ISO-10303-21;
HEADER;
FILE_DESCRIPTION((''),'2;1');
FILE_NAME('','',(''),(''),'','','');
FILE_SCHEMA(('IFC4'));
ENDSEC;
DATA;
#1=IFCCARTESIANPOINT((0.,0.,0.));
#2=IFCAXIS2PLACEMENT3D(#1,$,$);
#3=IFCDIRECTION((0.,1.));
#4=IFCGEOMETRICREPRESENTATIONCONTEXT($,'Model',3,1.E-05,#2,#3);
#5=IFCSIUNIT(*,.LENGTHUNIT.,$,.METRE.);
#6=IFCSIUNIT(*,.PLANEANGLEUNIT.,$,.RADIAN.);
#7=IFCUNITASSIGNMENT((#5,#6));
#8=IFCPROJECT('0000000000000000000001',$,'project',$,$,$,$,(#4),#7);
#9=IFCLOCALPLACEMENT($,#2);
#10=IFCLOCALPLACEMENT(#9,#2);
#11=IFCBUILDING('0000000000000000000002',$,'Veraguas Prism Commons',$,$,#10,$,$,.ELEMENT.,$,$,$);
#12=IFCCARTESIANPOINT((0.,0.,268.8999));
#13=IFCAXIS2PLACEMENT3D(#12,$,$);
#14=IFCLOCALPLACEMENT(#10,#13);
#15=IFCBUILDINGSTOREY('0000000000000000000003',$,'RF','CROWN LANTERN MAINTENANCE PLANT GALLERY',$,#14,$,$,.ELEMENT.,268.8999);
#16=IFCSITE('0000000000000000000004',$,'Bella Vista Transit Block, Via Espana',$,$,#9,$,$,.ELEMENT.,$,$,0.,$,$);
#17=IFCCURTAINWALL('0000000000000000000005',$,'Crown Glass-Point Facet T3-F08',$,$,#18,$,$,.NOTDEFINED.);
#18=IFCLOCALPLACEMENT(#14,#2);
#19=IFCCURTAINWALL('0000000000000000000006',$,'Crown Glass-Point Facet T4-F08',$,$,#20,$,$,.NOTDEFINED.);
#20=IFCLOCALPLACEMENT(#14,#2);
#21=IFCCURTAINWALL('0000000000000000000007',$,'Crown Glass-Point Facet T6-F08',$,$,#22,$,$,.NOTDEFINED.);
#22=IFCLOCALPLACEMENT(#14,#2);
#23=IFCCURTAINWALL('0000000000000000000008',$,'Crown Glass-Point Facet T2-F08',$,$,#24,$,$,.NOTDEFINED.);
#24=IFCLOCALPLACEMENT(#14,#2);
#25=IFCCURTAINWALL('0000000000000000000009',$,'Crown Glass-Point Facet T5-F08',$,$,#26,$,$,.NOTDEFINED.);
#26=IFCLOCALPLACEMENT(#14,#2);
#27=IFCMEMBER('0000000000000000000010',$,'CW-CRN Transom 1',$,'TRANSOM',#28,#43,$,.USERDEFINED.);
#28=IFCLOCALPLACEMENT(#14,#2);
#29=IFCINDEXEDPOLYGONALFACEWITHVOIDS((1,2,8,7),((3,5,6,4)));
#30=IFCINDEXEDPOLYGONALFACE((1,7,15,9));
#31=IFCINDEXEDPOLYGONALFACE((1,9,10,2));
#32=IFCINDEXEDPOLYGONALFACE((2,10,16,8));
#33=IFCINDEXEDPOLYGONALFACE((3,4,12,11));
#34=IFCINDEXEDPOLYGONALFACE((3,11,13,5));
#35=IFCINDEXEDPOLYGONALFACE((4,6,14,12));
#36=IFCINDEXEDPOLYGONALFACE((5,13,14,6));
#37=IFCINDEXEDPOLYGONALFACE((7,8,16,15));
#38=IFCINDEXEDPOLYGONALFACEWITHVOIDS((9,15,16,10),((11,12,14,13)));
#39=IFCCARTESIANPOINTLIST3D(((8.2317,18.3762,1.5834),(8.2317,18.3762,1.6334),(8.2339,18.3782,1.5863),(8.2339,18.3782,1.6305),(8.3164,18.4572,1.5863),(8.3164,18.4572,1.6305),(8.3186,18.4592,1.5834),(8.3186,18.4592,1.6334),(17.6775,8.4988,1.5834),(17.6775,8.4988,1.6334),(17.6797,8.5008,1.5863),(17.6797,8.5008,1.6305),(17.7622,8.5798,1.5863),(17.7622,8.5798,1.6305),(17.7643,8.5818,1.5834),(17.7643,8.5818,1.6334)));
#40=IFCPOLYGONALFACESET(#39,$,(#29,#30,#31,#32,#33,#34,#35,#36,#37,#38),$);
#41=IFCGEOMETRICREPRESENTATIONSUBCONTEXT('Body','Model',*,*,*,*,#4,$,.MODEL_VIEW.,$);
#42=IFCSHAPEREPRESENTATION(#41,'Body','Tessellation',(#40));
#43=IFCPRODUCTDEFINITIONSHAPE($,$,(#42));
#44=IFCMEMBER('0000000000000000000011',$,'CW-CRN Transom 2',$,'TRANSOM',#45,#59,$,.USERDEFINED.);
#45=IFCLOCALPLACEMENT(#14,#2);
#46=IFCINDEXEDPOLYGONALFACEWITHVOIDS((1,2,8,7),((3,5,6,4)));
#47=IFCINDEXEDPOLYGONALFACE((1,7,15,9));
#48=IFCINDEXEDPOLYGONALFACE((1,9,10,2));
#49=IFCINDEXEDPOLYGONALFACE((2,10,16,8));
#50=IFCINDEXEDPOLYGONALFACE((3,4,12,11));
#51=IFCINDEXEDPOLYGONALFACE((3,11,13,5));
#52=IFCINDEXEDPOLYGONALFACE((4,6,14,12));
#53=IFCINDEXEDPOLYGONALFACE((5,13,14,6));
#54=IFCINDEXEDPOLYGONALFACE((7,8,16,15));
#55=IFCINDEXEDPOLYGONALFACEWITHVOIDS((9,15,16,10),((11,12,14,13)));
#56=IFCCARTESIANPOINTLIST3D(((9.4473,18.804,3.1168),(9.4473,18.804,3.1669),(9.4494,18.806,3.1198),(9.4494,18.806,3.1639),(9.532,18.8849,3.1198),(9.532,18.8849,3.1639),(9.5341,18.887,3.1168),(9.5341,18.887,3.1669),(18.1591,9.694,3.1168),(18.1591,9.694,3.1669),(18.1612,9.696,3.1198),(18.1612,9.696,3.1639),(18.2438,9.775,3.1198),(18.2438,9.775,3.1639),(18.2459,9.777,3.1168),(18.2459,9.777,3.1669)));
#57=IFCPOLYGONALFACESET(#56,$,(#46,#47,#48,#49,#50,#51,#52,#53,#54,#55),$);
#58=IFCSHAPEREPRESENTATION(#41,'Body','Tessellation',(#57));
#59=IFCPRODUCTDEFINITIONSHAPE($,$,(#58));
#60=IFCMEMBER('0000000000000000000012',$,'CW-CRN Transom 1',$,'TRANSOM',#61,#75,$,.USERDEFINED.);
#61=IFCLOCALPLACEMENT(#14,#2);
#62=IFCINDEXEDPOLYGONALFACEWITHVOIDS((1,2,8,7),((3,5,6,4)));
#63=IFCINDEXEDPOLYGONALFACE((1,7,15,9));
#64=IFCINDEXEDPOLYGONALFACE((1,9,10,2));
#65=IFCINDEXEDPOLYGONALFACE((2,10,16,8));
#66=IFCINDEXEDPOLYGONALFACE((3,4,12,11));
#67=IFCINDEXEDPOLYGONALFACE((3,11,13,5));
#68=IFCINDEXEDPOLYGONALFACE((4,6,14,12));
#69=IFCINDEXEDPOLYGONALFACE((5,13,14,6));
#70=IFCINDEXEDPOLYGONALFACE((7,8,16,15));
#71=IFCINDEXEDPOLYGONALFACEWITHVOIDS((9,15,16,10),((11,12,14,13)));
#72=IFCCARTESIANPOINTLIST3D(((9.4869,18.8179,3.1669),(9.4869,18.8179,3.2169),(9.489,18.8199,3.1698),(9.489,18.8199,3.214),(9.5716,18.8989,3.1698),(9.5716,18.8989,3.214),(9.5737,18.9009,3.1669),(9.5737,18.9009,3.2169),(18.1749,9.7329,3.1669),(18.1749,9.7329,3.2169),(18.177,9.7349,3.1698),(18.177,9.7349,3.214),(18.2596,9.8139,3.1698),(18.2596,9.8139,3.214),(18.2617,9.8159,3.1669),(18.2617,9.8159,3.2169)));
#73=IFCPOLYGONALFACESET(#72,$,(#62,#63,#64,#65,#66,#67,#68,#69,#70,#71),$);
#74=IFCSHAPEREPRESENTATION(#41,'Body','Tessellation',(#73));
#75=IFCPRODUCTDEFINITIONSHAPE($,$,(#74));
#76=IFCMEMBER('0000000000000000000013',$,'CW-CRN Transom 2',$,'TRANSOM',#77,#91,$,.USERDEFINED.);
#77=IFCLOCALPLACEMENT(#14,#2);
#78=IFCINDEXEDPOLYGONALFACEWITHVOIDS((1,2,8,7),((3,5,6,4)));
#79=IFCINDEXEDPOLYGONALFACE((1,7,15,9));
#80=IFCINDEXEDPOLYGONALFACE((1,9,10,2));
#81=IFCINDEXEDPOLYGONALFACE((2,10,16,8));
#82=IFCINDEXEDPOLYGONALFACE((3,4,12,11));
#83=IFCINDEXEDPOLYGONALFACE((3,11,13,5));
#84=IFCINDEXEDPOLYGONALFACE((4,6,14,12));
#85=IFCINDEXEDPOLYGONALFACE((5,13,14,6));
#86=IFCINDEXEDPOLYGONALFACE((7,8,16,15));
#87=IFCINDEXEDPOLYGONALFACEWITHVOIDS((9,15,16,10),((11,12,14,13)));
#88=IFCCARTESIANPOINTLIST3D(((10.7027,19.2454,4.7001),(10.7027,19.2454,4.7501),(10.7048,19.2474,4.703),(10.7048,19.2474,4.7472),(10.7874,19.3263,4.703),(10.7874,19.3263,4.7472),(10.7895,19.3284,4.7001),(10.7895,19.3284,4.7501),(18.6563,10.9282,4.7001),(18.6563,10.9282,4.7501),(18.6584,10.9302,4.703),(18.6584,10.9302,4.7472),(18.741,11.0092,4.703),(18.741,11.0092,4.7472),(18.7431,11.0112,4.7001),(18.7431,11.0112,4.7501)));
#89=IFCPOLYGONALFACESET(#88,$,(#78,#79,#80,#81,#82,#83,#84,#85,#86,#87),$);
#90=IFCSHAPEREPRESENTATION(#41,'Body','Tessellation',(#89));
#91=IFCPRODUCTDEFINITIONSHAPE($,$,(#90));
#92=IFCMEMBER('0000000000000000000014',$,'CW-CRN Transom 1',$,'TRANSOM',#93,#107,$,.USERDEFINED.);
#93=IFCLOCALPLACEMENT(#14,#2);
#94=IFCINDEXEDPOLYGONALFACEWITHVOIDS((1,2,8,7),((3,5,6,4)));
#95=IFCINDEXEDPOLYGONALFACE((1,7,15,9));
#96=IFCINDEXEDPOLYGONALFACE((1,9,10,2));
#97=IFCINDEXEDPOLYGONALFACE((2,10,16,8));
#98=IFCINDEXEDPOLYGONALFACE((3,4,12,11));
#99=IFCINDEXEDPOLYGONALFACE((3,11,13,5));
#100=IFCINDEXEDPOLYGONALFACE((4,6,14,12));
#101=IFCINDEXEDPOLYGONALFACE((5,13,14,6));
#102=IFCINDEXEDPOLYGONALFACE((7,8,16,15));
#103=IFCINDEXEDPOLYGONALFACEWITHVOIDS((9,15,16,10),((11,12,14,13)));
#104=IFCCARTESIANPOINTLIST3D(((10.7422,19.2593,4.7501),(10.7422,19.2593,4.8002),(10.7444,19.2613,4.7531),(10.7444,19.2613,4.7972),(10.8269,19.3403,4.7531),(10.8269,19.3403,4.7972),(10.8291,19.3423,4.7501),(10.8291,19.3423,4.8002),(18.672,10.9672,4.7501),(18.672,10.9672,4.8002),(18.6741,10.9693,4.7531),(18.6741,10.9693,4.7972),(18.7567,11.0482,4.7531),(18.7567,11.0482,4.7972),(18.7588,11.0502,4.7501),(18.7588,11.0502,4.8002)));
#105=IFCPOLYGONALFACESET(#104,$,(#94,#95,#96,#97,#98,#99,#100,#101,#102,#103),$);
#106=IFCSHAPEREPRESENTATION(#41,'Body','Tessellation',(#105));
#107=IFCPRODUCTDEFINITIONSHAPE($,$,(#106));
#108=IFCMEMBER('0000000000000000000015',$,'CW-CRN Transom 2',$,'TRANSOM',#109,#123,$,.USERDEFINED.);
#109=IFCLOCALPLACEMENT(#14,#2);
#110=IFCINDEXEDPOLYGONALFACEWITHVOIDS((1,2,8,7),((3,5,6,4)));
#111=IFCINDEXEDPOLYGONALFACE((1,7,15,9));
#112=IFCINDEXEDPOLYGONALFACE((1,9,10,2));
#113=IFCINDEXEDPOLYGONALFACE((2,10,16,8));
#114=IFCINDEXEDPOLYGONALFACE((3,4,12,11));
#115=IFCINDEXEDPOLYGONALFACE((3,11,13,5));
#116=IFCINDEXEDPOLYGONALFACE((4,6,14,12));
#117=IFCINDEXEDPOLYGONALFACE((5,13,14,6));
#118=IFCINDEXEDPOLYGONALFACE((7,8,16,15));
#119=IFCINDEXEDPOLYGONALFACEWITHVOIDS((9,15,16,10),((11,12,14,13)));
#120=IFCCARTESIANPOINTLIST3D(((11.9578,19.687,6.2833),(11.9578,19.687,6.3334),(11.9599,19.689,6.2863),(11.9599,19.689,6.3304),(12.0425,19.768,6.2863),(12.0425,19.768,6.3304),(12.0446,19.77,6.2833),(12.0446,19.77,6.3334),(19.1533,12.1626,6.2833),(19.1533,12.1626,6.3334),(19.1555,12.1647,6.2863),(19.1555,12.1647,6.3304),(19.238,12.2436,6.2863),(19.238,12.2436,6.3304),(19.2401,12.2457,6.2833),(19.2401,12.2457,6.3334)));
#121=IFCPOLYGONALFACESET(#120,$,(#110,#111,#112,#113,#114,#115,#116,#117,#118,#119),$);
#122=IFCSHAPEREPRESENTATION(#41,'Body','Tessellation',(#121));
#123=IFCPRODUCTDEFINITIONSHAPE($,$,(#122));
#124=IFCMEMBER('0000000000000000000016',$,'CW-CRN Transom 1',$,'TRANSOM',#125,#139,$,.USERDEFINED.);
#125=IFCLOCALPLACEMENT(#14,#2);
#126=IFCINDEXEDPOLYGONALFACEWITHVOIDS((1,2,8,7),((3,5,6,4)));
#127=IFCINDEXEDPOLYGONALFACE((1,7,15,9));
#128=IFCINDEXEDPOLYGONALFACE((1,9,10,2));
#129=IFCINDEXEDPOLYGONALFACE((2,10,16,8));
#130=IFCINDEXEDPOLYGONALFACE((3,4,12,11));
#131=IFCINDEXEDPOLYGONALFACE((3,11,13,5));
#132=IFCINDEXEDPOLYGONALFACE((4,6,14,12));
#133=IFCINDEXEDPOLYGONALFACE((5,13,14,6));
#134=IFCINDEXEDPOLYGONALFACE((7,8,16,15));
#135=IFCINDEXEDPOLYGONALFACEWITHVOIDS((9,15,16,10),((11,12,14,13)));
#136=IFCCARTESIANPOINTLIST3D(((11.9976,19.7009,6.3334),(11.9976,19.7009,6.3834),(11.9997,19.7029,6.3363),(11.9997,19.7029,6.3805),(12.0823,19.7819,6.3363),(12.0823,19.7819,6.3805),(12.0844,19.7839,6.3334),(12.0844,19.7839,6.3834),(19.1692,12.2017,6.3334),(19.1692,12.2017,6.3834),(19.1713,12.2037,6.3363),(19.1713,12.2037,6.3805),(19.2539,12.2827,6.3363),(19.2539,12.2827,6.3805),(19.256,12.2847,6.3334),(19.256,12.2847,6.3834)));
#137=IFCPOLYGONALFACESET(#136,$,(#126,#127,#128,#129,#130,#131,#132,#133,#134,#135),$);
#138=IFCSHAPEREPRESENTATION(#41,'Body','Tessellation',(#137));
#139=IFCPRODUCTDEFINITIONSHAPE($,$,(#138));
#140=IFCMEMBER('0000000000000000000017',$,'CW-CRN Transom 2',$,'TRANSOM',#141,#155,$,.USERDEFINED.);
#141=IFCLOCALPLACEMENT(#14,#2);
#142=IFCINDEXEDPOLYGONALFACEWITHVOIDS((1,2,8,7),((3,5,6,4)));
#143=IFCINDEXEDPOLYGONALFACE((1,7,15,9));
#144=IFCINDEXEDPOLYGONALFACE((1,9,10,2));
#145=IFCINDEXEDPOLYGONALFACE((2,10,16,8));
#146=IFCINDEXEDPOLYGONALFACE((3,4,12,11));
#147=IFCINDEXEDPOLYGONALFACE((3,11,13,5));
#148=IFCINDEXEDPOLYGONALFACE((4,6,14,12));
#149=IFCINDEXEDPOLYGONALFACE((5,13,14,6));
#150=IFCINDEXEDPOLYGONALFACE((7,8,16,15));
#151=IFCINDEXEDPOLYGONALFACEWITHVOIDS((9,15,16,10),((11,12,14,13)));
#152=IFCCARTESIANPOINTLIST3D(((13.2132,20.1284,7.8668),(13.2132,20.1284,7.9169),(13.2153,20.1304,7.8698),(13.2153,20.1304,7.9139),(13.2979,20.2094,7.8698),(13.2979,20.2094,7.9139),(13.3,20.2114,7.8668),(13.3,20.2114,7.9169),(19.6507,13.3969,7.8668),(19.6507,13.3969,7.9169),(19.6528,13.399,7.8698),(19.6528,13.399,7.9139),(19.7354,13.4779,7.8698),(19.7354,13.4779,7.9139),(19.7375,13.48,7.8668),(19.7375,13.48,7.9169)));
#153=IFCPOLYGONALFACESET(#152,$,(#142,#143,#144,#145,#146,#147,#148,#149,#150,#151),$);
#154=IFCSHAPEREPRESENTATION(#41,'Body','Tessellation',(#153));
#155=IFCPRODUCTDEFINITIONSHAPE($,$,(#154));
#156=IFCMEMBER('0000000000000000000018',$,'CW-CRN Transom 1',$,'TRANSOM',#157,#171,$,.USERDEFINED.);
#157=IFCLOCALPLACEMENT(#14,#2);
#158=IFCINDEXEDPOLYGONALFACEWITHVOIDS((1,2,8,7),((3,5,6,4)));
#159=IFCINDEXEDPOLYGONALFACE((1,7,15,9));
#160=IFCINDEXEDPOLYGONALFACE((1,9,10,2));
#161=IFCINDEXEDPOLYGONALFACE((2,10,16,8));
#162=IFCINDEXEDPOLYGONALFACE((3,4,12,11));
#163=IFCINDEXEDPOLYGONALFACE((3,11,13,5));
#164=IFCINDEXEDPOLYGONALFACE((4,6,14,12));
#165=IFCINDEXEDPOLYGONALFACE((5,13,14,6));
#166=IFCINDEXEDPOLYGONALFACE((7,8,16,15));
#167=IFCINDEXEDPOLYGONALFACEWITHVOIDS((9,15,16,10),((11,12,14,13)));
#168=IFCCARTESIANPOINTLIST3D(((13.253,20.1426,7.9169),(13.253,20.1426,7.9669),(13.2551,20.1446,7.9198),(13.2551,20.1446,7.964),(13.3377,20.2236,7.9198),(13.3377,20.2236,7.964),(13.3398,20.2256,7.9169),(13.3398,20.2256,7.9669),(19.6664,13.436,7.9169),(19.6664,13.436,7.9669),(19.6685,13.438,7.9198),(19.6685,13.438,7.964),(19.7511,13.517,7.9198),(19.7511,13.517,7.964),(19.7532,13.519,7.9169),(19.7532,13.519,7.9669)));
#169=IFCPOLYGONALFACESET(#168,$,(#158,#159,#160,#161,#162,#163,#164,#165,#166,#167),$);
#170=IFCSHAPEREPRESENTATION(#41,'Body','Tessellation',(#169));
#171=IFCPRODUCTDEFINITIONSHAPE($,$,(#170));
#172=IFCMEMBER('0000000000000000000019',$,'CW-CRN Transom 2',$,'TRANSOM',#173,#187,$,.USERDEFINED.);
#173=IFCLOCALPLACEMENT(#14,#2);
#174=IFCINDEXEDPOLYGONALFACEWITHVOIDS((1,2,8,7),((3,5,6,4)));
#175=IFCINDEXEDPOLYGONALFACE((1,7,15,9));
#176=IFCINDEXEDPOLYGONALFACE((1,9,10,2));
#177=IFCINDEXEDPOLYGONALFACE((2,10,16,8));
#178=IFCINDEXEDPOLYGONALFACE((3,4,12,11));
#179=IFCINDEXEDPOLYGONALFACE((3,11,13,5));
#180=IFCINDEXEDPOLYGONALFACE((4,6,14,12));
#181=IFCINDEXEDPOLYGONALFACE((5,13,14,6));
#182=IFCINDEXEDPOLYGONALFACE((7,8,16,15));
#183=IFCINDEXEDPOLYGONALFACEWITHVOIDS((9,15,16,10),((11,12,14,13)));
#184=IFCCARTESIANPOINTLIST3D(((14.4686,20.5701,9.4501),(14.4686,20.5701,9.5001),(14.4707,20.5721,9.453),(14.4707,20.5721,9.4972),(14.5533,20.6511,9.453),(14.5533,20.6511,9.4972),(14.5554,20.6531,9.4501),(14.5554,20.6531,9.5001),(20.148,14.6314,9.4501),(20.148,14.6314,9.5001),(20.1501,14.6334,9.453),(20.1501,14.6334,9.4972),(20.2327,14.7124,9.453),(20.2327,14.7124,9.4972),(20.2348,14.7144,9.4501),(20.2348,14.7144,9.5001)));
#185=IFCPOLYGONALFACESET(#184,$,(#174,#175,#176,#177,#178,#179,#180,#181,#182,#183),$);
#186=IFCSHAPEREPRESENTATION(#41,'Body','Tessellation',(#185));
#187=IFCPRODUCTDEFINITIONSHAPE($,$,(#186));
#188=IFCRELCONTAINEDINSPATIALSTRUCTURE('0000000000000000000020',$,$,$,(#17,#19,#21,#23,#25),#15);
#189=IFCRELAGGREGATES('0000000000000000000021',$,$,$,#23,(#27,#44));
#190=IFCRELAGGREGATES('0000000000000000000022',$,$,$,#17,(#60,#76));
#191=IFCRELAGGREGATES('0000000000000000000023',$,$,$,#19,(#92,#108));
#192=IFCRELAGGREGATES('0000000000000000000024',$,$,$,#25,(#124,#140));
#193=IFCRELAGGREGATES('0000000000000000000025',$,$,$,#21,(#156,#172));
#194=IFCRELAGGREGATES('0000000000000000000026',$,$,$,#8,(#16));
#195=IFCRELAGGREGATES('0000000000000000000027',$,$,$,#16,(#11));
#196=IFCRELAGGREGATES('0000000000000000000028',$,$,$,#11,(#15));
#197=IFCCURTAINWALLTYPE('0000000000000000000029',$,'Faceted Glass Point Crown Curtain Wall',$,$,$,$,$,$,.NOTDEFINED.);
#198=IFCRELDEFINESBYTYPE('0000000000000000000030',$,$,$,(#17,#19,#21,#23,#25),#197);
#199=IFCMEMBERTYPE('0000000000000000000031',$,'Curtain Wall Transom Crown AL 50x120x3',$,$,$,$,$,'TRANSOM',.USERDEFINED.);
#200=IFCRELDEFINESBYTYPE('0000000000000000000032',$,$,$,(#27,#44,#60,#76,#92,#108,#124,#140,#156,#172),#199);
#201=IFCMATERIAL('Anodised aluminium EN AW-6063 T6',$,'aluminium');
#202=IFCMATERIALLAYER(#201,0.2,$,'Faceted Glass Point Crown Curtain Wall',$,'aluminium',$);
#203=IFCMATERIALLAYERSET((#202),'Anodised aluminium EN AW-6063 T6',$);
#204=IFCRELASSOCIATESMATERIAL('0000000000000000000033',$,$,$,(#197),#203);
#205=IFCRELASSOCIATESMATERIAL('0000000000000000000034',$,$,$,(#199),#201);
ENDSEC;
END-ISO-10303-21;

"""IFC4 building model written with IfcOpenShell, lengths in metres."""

from ifc_helpers import new_model, si_unit, direction, frame, origin, origin_2d, place, context, subcontext, project, spatial, hollow_rectangle, extrude, source, transform, mapped, material, layer, layer_set, material_profile, profile_set, type_object, element, aggregate, save


model = new_model("IFC4")

# Units and contexts
model_context = context("Model", 3, precision=1e-05, world=origin(), true_north=direction((0.0, 1.0)))
body_context = subcontext(model_context, "Body", "Model", "MODEL_VIEW")
ifc_project = project(units=[si_unit("LENGTHUNIT", "METRE"), si_unit("PLANEANGLEUNIT", "RADIAN")], contexts=[model_context])

# Site, building, storey
site_placement = place(None, origin())
site = spatial("IfcSite", under=ifc_project, at=site_placement, Name="Bella Vista Transit Block, Via Espana", CompositionType="ELEMENT", RefElevation=0.0)
building_placement = place(site_placement, origin())
building = spatial("IfcBuilding", under=site, at=building_placement, Name="Veraguas Prism Commons", CompositionType="ELEMENT")
storey_placement = place(building_placement, frame((0.0, 0.0, 268.8999)))
storey = spatial("IfcBuildingStorey", under=building, at=storey_placement, Name="RF", Description="CROWN LANTERN MAINTENANCE PLANT GALLERY", CompositionType="ELEMENT", Elevation=268.8999)

# Curtain walls
ifc_material_1 = material(Name="Anodised aluminium EN AW-6063 T6", Category="aluminium")
ifc_layer_1 = layer(ifc_material_1, 0.2, Name="Faceted Glass Point Crown Curtain Wall", Category="aluminium")
ifc_layer_set_1 = layer_set([ifc_layer_1], Name="Anodised aluminium EN AW-6063 T6")
curtain_wall_type = type_object("IfcCurtainWallType", Name="Faceted Glass Point Crown Curtain Wall", PredefinedType="NOTDEFINED", material=ifc_layer_set_1)
curtain_wall_1_placement = place(storey_placement, origin())
curtain_wall_1 = element("IfcCurtainWall", 1, at=curtain_wall_1_placement, inside=storey, type_object=curtain_wall_type, Name="Crown Glass-Point Facet T3-F08", PredefinedType="NOTDEFINED")
curtain_wall_2_placement = place(storey_placement, origin())
curtain_wall_2 = element("IfcCurtainWall", 2, at=curtain_wall_2_placement, inside=storey, type_object=curtain_wall_type, Name="Crown Glass-Point Facet T4-F08", PredefinedType="NOTDEFINED")
curtain_wall_3_placement = place(storey_placement, origin())
curtain_wall_3 = element("IfcCurtainWall", 3, at=curtain_wall_3_placement, inside=storey, type_object=curtain_wall_type, Name="Crown Glass-Point Facet T6-F08", PredefinedType="NOTDEFINED")
curtain_wall_4_placement = place(storey_placement, origin())
curtain_wall_4 = element("IfcCurtainWall", 4, at=curtain_wall_4_placement, inside=storey, type_object=curtain_wall_type, Name="Crown Glass-Point Facet T2-F08", PredefinedType="NOTDEFINED")
curtain_wall_5_placement = place(storey_placement, origin())
curtain_wall_5 = element("IfcCurtainWall", 5, at=curtain_wall_5_placement, inside=storey, type_object=curtain_wall_type, Name="Crown Glass-Point Facet T5-F08", PredefinedType="NOTDEFINED")

# Members
ifc_material_profile_1 = material_profile(ifc_material_1, hollow_rectangle(XDim=0.05, YDim=0.1201, WallThickness=0.0029, at=origin_2d()), Name="AL50X120X3")
ifc_profile_set_1 = profile_set([ifc_material_profile_1], Name="Anodised aluminium EN AW-6063 T6")
member_type_1 = type_object("IfcMemberType", Name="Curtain Wall Transom Crown AL 50x120x3", ElementType="TRANSOM", PredefinedType="USERDEFINED", material=ifc_profile_set_1)
shared_shape_1 = source(origin(), body_context, "Body", "SweptSolid", [
    extrude(hollow_rectangle(XDim=0.05, YDim=0.1201, WallThickness=0.0029, at=origin_2d()), origin(), (0.0, 0.0, 1.0), 13.667),
])
member_1_placement = place(storey_placement, frame((8.2751, 18.4177, 1.6084), z_axis=(0.691139, -0.722722, 0.0), x_axis=(0.0, 0.0, 1.0)))
member_1 = element("IfcMember", 6, at=member_1_placement, type_object=member_type_1, Name="CW-CRN Transom 1", ObjectType="TRANSOM", PredefinedType="USERDEFINED", context=body_context, shape_type="MappedRepresentation", body=[
    mapped(shared_shape_1, transform((0.0, 0.0, 0.0), scale=1.0)),
])
shared_shape_2 = source(origin(), body_context, "Body", "SweptSolid", [
    extrude(hollow_rectangle(XDim=0.05, YDim=0.1201, WallThickness=0.0029, at=origin_2d()), origin(), (0.0, 0.0, 1.0), 12.605),
])
member_2_placement = place(storey_placement, frame((9.4907, 18.8455, 3.1418), z_axis=(0.691135, -0.722726, 0.0), x_axis=(0.0, 0.0, 1.0)))
member_2 = element("IfcMember", 7, at=member_2_placement, type_object=member_type_1, Name="CW-CRN Transom 2", ObjectType="TRANSOM", PredefinedType="USERDEFINED", context=body_context, shape_type="MappedRepresentation", body=[
    mapped(shared_shape_2, transform((0.0, 0.0, 0.0), scale=1.0)),
])
aggregate(curtain_wall_4, [member_1, member_2])
shared_shape_3 = source(origin(), body_context, "Body", "SweptSolid", [
    extrude(hollow_rectangle(XDim=0.05, YDim=0.1201, WallThickness=0.0029, at=origin_2d()), origin(), (0.0, 0.0, 1.0), 12.5706),
])
member_3_placement = place(storey_placement, frame((9.5303, 18.8594, 3.1919), z_axis=(0.691141, -0.72272, 0.0), x_axis=(0.0, 0.0, 1.0)))
member_3 = element("IfcMember", 8, at=member_3_placement, type_object=member_type_1, Name="CW-CRN Transom 1", ObjectType="TRANSOM", PredefinedType="USERDEFINED", context=body_context, shape_type="MappedRepresentation", body=[
    mapped(shared_shape_3, transform((0.0, 0.0, 0.0), scale=1.0)),
])
shared_shape_4 = source(origin(), body_context, "Body", "SweptSolid", [
    extrude(hollow_rectangle(XDim=0.05, YDim=0.1201, WallThickness=0.0029, at=origin_2d()), origin(), (0.0, 0.0, 1.0), 11.5081),
])
member_4_placement = place(storey_placement, frame((10.7461, 19.2869, 4.7251), z_axis=(0.691136, -0.722725, 0.0), x_axis=(0.0, 0.0, 1.0)))
member_4 = element("IfcMember", 9, at=member_4_placement, type_object=member_type_1, Name="CW-CRN Transom 2", ObjectType="TRANSOM", PredefinedType="USERDEFINED", context=body_context, shape_type="MappedRepresentation", body=[
    mapped(shared_shape_4, transform((0.0, 0.0, 0.0), scale=1.0)),
])
shared_shape_5 = source(origin(), body_context, "Body", "SweptSolid", [
    extrude(hollow_rectangle(XDim=0.05, YDim=0.1201, WallThickness=0.0029, at=origin_2d()), origin(), (0.0, 0.0, 1.0), 11.4734),
])
member_5_placement = place(storey_placement, frame((10.7856, 19.3008, 4.7751), z_axis=(0.691141, -0.722719, 0.0), x_axis=(0.0, 0.0, 1.0)))
member_5 = element("IfcMember", 10, at=member_5_placement, type_object=member_type_1, Name="CW-CRN Transom 1", ObjectType="TRANSOM", PredefinedType="USERDEFINED", context=body_context, shape_type="MappedRepresentation", body=[
    mapped(shared_shape_5, transform((0.0, 0.0, 0.0), scale=1.0)),
])
shared_shape_6 = source(origin(), body_context, "Body", "SweptSolid", [
    extrude(hollow_rectangle(XDim=0.05, YDim=0.1201, WallThickness=0.0029, at=origin_2d()), origin(), (0.0, 0.0, 1.0), 10.4111),
])
member_6_placement = place(storey_placement, frame((12.0012, 19.7285, 6.3083), z_axis=(0.691137, -0.722724, 0.0), x_axis=(0.0, 0.0, 1.0)))
member_6 = element("IfcMember", 11, at=member_6_placement, type_object=member_type_1, Name="CW-CRN Transom 2", ObjectType="TRANSOM", PredefinedType="USERDEFINED", context=body_context, shape_type="MappedRepresentation", body=[
    mapped(shared_shape_6, transform((0.0, 0.0, 0.0), scale=1.0)),
])
shared_shape_7 = source(origin(), body_context, "Body", "SweptSolid", [
    extrude(hollow_rectangle(XDim=0.05, YDim=0.1201, WallThickness=0.0029, at=origin_2d()), origin(), (0.0, 0.0, 1.0), 10.3765),
])
member_7_placement = place(storey_placement, frame((12.041, 19.7424, 6.3584), z_axis=(0.691143, -0.722718, 0.0), x_axis=(0.0, 0.0, 1.0)))
member_7 = element("IfcMember", 12, at=member_7_placement, type_object=member_type_1, Name="CW-CRN Transom 1", ObjectType="TRANSOM", PredefinedType="USERDEFINED", context=body_context, shape_type="MappedRepresentation", body=[
    mapped(shared_shape_7, transform((0.0, 0.0, 0.0), scale=1.0)),
])
shared_shape_8 = source(origin(), body_context, "Body", "SweptSolid", [
    extrude(hollow_rectangle(XDim=0.05, YDim=0.1201, WallThickness=0.0029, at=origin_2d()), origin(), (0.0, 0.0, 1.0), 9.3142),
])
member_8_placement = place(storey_placement, frame((13.2566, 20.1699, 7.8918), z_axis=(0.691151, -0.72271, 0.0), x_axis=(0.0, 0.0, 1.0)))
member_8 = element("IfcMember", 13, at=member_8_placement, type_object=member_type_1, Name="CW-CRN Transom 2", ObjectType="TRANSOM", PredefinedType="USERDEFINED", context=body_context, shape_type="MappedRepresentation", body=[
    mapped(shared_shape_8, transform((0.0, 0.0, 0.0), scale=1.0)),
])
shared_shape_9 = source(origin(), body_context, "Body", "SweptSolid", [
    extrude(hollow_rectangle(XDim=0.05, YDim=0.1201, WallThickness=0.0029, at=origin_2d()), origin(), (0.0, 0.0, 1.0), 9.2795),
])
member_9_placement = place(storey_placement, frame((13.2964, 20.1841, 7.9419), z_axis=(0.691131, -0.722729, 0.0), x_axis=(0.0, 0.0, 1.0)))
member_9 = element("IfcMember", 14, at=member_9_placement, type_object=member_type_1, Name="CW-CRN Transom 1", ObjectType="TRANSOM", PredefinedType="USERDEFINED", context=body_context, shape_type="MappedRepresentation", body=[
    mapped(shared_shape_9, transform((0.0, 0.0, 0.0), scale=1.0)),
])
shared_shape_10 = source(origin(), body_context, "Body", "SweptSolid", [
    extrude(hollow_rectangle(XDim=0.05, YDim=0.1201, WallThickness=0.0029, at=origin_2d()), origin(), (0.0, 0.0, 1.0), 8.2173),
])
member_10_placement = place(storey_placement, frame((14.512, 20.6116, 9.4751), z_axis=(0.691155, -0.722707, 0.0), x_axis=(0.0, 0.0, 1.0)))
member_10 = element("IfcMember", 15, at=member_10_placement, type_object=member_type_1, Name="CW-CRN Transom 2", ObjectType="TRANSOM", PredefinedType="USERDEFINED", context=body_context, shape_type="MappedRepresentation", body=[
    mapped(shared_shape_10, transform((0.0, 0.0, 0.0), scale=1.0)),
])

aggregate(curtain_wall_1, [member_3, member_4])
aggregate(curtain_wall_2, [member_5, member_6])
aggregate(curtain_wall_5, [member_7, member_8])
aggregate(curtain_wall_3, [member_9, member_10])

save(model, "model.ifc")
